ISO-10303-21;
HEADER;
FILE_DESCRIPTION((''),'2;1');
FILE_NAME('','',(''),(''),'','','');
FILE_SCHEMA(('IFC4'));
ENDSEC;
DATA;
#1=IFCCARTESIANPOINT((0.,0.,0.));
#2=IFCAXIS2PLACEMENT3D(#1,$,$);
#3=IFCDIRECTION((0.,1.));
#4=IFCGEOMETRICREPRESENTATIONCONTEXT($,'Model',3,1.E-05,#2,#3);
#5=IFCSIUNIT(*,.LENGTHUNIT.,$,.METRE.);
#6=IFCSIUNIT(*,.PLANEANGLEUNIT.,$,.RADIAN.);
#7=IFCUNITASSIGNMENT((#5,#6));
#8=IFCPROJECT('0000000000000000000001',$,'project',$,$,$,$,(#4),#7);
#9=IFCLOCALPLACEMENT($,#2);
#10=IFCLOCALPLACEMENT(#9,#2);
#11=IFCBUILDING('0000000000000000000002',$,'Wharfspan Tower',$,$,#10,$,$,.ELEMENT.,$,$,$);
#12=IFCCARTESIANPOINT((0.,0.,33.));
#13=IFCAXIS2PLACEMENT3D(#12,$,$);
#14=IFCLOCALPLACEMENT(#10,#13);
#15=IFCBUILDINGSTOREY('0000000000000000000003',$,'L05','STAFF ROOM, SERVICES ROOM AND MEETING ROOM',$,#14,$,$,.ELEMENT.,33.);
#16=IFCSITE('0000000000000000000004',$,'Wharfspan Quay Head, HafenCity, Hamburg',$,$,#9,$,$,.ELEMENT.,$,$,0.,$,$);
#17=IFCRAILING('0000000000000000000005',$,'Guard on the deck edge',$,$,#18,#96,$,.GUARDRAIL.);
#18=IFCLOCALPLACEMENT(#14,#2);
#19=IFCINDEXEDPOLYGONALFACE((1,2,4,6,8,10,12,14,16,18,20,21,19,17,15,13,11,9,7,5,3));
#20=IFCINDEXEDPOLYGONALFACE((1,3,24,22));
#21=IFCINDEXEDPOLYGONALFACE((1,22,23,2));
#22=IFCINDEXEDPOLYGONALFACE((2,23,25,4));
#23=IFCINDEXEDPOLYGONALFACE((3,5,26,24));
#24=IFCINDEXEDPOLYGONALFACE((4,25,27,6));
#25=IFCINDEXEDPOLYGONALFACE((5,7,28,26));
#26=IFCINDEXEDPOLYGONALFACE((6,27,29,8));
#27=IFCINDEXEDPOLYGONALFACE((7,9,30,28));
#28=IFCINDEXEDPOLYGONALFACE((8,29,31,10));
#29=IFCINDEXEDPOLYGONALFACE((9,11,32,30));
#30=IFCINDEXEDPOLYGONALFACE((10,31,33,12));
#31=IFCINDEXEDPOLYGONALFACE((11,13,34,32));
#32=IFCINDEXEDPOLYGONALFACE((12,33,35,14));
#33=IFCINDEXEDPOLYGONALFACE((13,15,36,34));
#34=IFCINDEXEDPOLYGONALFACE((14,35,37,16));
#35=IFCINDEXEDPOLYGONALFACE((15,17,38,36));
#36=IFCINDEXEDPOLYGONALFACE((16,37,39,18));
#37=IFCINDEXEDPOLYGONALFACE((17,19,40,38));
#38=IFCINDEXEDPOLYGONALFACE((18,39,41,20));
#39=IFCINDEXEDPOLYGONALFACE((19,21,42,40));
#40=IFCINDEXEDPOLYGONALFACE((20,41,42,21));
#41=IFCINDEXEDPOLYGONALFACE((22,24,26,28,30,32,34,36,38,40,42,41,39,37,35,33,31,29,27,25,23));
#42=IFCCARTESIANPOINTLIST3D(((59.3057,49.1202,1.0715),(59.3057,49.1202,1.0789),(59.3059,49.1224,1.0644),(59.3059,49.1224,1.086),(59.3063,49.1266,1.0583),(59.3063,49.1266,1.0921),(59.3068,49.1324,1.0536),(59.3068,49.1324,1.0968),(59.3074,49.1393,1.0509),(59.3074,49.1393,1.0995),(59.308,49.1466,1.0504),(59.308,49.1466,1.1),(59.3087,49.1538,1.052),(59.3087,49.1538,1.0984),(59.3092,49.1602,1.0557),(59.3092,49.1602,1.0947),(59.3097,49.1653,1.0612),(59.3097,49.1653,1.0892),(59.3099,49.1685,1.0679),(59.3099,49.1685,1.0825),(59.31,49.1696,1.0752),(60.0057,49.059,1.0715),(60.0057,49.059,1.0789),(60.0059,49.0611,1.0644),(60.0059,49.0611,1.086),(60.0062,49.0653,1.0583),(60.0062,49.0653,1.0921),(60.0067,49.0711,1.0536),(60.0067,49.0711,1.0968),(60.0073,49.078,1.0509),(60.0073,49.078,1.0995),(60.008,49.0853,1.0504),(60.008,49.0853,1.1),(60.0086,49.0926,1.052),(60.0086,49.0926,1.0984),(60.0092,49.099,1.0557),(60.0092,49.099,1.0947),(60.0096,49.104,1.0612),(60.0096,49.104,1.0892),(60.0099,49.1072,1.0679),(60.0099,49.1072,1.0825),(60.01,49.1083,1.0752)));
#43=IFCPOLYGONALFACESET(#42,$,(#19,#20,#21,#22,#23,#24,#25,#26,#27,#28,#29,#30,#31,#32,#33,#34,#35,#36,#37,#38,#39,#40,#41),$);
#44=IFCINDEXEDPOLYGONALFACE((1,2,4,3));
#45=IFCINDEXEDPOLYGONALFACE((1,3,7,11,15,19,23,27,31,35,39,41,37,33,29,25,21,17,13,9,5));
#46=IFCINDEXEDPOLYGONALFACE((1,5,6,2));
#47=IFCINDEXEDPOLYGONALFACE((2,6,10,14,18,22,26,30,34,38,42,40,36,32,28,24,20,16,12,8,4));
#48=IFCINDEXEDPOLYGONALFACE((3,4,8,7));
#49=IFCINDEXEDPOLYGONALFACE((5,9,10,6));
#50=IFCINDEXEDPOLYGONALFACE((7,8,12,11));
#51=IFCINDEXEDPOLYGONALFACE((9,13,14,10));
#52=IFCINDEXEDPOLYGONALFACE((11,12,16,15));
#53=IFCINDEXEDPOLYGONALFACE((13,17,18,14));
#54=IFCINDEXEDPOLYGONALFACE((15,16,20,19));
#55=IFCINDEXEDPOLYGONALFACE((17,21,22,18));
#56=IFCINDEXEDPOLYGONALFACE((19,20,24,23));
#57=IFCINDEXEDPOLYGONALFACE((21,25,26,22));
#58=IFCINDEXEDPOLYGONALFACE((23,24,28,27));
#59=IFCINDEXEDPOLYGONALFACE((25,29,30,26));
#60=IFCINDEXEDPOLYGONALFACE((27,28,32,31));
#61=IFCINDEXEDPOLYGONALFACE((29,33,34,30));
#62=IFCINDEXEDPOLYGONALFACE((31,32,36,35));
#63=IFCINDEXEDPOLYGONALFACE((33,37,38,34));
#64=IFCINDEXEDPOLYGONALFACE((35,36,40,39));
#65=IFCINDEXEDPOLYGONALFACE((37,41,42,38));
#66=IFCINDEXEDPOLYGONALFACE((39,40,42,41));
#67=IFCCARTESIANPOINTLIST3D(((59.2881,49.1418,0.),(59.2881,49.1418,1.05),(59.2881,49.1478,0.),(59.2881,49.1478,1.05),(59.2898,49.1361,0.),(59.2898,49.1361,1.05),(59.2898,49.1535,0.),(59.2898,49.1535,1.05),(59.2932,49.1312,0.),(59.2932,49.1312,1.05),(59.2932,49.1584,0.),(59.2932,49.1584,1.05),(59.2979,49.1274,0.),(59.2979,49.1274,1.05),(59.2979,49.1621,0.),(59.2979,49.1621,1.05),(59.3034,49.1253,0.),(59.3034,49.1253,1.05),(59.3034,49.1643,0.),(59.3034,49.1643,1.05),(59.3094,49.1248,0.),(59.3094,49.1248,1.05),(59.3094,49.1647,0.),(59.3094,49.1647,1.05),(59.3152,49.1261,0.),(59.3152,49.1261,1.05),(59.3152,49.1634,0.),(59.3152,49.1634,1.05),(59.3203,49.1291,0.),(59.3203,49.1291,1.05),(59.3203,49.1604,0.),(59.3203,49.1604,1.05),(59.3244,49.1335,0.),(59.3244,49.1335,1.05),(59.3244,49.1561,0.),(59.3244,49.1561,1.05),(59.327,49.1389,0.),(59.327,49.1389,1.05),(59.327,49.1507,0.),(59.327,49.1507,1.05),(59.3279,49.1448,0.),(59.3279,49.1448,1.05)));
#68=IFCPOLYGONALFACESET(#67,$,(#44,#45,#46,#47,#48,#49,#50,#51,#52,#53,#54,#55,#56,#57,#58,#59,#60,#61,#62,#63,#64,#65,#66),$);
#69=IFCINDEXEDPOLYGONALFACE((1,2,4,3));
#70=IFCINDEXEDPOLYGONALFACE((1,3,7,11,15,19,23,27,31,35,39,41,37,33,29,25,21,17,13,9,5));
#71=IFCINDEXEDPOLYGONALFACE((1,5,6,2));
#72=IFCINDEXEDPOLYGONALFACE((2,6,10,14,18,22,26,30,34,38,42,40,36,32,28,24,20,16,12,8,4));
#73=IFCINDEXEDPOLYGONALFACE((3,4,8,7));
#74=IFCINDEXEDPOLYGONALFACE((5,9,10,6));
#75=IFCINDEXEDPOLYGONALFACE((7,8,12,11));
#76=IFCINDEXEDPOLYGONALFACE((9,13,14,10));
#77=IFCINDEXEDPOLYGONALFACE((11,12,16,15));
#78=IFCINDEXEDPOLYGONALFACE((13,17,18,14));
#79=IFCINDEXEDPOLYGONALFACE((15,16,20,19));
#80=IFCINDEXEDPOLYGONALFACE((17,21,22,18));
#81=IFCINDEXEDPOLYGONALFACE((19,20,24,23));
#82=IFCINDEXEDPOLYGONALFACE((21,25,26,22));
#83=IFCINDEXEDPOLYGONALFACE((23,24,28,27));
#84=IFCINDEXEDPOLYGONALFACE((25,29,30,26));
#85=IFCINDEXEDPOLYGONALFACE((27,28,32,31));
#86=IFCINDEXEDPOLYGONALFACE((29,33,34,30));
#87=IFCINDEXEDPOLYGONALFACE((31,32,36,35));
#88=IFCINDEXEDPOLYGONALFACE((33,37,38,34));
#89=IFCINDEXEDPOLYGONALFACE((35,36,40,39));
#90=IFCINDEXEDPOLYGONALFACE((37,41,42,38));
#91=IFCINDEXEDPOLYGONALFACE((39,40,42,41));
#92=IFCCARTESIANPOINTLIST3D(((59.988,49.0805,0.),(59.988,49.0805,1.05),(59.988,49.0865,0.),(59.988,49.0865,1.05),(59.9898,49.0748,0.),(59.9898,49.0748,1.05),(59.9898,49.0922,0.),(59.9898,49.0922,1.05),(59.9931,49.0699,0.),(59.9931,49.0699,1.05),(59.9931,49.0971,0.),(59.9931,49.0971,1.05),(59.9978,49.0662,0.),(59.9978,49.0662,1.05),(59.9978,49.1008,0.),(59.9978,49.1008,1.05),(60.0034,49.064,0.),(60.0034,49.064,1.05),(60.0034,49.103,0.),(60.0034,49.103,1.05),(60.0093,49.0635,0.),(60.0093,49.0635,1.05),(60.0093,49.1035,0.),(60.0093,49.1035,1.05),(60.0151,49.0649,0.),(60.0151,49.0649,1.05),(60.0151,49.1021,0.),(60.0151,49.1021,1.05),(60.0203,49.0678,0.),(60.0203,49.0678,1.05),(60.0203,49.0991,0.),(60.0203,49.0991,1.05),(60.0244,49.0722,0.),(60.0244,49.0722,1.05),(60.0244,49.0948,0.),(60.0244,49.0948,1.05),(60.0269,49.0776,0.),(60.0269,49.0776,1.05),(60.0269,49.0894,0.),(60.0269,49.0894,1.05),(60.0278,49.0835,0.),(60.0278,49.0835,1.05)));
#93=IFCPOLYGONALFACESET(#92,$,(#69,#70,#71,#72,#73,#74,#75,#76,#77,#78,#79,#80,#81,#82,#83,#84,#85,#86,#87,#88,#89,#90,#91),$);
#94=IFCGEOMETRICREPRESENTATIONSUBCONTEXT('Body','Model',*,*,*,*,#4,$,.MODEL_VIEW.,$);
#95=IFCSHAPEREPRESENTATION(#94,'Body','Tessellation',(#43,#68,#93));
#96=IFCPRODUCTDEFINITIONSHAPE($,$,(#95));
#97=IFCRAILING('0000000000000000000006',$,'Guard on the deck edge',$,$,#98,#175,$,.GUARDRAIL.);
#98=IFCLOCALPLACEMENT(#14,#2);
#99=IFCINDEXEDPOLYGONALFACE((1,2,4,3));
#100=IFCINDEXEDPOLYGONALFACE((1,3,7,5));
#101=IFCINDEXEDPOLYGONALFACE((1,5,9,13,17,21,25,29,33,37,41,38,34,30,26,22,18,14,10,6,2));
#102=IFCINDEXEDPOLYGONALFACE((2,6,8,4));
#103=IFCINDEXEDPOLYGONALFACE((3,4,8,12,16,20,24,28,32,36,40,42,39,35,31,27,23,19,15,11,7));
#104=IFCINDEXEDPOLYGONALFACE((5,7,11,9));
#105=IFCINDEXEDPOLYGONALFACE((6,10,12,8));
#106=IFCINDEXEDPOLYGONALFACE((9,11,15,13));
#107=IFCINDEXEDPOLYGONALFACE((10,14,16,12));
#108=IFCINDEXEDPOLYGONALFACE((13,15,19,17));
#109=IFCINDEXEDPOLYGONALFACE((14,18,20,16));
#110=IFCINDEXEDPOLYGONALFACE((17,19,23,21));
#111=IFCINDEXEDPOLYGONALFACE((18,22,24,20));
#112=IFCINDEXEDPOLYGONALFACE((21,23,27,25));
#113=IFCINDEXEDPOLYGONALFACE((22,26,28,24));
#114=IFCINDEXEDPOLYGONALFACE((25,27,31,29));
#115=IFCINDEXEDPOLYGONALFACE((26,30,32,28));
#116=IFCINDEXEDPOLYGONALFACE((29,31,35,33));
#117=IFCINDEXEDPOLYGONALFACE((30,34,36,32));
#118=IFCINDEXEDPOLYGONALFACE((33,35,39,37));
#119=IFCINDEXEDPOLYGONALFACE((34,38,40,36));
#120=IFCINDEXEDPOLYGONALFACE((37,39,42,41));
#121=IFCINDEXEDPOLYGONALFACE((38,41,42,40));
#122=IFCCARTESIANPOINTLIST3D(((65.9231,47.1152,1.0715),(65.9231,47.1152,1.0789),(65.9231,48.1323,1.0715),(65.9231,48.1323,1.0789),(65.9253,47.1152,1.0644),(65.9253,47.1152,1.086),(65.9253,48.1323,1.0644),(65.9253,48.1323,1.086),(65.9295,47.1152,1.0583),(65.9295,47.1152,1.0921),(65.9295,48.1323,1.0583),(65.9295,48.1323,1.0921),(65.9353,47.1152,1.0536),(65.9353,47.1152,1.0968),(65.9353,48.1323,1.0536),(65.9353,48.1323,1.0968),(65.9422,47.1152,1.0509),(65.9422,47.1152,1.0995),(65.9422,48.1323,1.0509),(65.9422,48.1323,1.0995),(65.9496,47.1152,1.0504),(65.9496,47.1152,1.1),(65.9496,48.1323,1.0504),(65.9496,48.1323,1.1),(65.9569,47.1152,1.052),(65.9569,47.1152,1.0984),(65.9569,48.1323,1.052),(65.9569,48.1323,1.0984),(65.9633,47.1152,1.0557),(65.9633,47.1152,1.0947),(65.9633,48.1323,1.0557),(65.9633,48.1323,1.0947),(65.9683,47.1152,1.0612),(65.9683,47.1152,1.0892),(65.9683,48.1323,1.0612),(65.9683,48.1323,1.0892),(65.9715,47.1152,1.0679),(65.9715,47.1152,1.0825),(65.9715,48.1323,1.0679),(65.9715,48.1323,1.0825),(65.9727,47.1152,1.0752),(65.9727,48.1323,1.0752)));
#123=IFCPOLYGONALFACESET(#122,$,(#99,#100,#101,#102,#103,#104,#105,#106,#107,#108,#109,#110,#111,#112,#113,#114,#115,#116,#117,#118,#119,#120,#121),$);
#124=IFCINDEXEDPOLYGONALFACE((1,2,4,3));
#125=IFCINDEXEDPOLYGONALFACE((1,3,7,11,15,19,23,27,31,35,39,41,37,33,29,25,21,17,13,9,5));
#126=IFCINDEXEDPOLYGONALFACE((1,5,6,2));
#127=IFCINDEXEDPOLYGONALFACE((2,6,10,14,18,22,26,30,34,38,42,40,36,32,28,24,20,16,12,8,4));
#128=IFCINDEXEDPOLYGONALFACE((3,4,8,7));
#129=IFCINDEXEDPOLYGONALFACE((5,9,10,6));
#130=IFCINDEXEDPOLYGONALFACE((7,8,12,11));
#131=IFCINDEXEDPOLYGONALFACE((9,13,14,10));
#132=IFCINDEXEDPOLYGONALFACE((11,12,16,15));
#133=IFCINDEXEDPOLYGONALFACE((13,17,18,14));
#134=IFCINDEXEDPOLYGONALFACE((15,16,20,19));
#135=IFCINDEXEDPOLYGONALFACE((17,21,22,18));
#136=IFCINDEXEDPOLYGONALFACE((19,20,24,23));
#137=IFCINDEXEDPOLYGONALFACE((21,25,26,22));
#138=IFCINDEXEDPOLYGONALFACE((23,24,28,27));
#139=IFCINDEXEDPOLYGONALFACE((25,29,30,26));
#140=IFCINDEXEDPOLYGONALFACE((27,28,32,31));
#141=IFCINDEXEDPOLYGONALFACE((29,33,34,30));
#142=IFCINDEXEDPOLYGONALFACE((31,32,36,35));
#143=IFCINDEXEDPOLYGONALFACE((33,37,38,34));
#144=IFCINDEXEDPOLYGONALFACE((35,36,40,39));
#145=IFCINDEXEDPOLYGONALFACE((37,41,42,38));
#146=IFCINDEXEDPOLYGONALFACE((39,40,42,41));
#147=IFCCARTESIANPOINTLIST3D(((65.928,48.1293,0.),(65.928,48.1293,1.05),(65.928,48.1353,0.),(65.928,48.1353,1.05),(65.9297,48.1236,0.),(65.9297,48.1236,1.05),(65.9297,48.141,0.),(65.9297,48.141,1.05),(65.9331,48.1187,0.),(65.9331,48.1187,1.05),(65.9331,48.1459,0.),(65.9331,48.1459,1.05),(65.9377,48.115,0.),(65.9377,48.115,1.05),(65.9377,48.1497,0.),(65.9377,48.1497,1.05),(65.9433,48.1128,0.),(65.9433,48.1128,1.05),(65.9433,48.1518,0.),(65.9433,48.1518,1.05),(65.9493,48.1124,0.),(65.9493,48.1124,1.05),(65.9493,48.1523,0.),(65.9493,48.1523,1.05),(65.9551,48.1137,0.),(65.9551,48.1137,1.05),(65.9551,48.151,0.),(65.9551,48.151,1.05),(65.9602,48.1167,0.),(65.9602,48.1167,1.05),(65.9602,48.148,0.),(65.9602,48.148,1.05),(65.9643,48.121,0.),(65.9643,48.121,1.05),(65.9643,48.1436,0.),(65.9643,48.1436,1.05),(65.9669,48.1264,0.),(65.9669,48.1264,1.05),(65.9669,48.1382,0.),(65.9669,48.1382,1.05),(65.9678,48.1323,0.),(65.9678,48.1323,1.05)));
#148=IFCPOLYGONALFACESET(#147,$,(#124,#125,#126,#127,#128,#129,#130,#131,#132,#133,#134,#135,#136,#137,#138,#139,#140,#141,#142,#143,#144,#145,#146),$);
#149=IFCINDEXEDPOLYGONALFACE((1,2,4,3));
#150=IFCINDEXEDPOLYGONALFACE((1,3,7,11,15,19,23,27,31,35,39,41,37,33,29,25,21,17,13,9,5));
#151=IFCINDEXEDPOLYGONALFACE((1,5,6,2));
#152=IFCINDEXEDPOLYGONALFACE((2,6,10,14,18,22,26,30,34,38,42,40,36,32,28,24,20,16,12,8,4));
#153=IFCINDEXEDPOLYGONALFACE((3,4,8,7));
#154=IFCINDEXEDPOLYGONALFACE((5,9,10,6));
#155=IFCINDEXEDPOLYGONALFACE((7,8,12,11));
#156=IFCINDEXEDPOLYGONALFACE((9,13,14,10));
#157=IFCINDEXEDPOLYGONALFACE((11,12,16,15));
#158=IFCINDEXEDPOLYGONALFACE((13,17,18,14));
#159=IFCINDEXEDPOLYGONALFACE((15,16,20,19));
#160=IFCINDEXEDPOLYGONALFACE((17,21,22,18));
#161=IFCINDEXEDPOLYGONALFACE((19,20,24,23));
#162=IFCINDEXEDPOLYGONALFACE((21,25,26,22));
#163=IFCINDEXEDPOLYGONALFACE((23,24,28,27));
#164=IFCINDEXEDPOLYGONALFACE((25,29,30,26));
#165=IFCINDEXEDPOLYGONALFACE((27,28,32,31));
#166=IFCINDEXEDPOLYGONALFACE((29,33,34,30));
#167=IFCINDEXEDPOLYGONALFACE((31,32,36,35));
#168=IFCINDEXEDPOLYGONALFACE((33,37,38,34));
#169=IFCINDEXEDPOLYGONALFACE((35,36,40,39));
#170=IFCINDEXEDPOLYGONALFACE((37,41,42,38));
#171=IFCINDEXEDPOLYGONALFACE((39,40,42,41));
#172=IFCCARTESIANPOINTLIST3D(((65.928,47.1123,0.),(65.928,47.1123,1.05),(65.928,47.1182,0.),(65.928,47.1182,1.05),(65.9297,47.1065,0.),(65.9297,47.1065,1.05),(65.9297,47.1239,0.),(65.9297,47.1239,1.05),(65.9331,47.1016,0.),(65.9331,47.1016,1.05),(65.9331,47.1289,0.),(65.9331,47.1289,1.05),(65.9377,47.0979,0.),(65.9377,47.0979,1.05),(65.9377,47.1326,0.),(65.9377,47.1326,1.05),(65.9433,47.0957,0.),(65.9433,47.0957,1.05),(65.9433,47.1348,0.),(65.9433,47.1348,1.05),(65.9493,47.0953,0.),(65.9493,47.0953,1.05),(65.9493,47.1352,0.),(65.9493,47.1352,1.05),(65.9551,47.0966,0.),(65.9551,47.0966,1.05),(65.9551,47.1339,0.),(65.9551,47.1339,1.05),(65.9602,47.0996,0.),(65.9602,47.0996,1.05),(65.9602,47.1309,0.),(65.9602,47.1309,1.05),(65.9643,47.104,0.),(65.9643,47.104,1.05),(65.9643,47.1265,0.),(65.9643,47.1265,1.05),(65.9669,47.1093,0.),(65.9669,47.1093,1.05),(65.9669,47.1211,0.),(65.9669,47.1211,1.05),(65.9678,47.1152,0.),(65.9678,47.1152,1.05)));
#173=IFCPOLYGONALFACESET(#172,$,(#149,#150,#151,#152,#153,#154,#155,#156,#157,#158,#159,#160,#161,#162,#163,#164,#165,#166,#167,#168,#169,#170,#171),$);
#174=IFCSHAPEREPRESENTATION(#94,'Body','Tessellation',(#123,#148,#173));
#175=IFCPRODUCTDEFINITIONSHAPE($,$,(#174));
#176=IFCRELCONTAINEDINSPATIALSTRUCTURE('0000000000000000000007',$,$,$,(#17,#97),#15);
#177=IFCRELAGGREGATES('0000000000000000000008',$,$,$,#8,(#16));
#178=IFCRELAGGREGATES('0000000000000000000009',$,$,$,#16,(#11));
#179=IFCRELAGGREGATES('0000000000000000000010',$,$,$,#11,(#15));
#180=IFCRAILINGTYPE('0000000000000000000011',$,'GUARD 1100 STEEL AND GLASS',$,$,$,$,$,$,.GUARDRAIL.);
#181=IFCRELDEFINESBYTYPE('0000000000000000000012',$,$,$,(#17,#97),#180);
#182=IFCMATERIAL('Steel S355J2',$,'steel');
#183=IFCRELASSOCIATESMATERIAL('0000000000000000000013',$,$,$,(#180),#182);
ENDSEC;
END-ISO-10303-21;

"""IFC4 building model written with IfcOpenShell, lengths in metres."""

from ifc_helpers import new_model, si_unit, direction, frame, origin, origin_2d, place, context, subcontext, project, spatial, circle, extrude, material, type_object, element, save


model = new_model("IFC4")

# Units and contexts
model_context = context("Model", 3, precision=1e-05, world=origin(), true_north=direction((0.0, 1.0)))
body_context = subcontext(model_context, "Body", "Model", "MODEL_VIEW")
ifc_project = project(units=[si_unit("LENGTHUNIT", "METRE"), si_unit("PLANEANGLEUNIT", "RADIAN")], contexts=[model_context])

# Site, building, storey
site_placement = place(None, origin())
site = spatial("IfcSite", under=ifc_project, at=site_placement, Name="Wharfspan Quay Head, HafenCity, Hamburg", CompositionType="ELEMENT", RefElevation=0.0)
building_placement = place(site_placement, origin())
building = spatial("IfcBuilding", under=site, at=building_placement, Name="Wharfspan Tower", CompositionType="ELEMENT")
storey_placement = place(building_placement, frame((0.0, 0.0, 33.0)))
storey = spatial("IfcBuildingStorey", under=building, at=storey_placement, Name="L05", Description="STAFF ROOM, SERVICES ROOM AND MEETING ROOM", CompositionType="ELEMENT", Elevation=33.0)

# Railings
ifc_material_1 = material(Name="Steel S355J2", Category="steel")
railing_type = type_object("IfcRailingType", Name="GUARD 1100 STEEL AND GLASS", PredefinedType="GUARDRAIL", material=ifc_material_1)
railing_1_placement = place(storey_placement, frame((59.3079, 49.1448, 0.0)))
element("IfcRailing", 1, at=railing_1_placement, inside=storey, type_object=railing_type, Name="Guard on the deck edge", PredefinedType="GUARDRAIL", context=body_context, shape_type="SweptSolid", body=[
    extrude(circle(Radius=0.0249, at=origin_2d()), frame((0.0, 0.0, 1.0752), z_axis=(0.99619, -0.087214, 0.0), x_axis=(0.087214, 0.99619, 0.0)), (0.0, 0.0, 1.0), 0.7026),
    extrude(circle(Radius=0.02, at=origin_2d()), origin(), (0.0, 0.0, 1.0), 1.05),
    extrude(circle(Radius=0.02, at=origin_2d()), frame((0.7, -0.0613, 0.0)), (0.0, 0.0, 1.0), 1.05),
])
railing_2_placement = place(storey_placement, frame((65.9478, 48.1323, 0.0)))
element("IfcRailing", 2, at=railing_2_placement, inside=storey, type_object=railing_type, Name="Guard on the deck edge", PredefinedType="GUARDRAIL", context=body_context, shape_type="SweptSolid", body=[
    extrude(circle(Radius=0.0249, at=origin_2d()), frame((0.0, 0.0, 1.0752), z_axis=(0.0, -1.0, 0.0), x_axis=(1.0, 0.0, 0.0)), (0.0, 0.0, 1.0), 1.0171),
    extrude(circle(Radius=0.02, at=origin_2d()), origin(), (0.0, 0.0, 1.0), 1.05),
    extrude(circle(Radius=0.02, at=origin_2d()), frame((0.0, -1.0171, 0.0)), (0.0, 0.0, 1.0), 1.05),
])

save(model, "model.ifc")
